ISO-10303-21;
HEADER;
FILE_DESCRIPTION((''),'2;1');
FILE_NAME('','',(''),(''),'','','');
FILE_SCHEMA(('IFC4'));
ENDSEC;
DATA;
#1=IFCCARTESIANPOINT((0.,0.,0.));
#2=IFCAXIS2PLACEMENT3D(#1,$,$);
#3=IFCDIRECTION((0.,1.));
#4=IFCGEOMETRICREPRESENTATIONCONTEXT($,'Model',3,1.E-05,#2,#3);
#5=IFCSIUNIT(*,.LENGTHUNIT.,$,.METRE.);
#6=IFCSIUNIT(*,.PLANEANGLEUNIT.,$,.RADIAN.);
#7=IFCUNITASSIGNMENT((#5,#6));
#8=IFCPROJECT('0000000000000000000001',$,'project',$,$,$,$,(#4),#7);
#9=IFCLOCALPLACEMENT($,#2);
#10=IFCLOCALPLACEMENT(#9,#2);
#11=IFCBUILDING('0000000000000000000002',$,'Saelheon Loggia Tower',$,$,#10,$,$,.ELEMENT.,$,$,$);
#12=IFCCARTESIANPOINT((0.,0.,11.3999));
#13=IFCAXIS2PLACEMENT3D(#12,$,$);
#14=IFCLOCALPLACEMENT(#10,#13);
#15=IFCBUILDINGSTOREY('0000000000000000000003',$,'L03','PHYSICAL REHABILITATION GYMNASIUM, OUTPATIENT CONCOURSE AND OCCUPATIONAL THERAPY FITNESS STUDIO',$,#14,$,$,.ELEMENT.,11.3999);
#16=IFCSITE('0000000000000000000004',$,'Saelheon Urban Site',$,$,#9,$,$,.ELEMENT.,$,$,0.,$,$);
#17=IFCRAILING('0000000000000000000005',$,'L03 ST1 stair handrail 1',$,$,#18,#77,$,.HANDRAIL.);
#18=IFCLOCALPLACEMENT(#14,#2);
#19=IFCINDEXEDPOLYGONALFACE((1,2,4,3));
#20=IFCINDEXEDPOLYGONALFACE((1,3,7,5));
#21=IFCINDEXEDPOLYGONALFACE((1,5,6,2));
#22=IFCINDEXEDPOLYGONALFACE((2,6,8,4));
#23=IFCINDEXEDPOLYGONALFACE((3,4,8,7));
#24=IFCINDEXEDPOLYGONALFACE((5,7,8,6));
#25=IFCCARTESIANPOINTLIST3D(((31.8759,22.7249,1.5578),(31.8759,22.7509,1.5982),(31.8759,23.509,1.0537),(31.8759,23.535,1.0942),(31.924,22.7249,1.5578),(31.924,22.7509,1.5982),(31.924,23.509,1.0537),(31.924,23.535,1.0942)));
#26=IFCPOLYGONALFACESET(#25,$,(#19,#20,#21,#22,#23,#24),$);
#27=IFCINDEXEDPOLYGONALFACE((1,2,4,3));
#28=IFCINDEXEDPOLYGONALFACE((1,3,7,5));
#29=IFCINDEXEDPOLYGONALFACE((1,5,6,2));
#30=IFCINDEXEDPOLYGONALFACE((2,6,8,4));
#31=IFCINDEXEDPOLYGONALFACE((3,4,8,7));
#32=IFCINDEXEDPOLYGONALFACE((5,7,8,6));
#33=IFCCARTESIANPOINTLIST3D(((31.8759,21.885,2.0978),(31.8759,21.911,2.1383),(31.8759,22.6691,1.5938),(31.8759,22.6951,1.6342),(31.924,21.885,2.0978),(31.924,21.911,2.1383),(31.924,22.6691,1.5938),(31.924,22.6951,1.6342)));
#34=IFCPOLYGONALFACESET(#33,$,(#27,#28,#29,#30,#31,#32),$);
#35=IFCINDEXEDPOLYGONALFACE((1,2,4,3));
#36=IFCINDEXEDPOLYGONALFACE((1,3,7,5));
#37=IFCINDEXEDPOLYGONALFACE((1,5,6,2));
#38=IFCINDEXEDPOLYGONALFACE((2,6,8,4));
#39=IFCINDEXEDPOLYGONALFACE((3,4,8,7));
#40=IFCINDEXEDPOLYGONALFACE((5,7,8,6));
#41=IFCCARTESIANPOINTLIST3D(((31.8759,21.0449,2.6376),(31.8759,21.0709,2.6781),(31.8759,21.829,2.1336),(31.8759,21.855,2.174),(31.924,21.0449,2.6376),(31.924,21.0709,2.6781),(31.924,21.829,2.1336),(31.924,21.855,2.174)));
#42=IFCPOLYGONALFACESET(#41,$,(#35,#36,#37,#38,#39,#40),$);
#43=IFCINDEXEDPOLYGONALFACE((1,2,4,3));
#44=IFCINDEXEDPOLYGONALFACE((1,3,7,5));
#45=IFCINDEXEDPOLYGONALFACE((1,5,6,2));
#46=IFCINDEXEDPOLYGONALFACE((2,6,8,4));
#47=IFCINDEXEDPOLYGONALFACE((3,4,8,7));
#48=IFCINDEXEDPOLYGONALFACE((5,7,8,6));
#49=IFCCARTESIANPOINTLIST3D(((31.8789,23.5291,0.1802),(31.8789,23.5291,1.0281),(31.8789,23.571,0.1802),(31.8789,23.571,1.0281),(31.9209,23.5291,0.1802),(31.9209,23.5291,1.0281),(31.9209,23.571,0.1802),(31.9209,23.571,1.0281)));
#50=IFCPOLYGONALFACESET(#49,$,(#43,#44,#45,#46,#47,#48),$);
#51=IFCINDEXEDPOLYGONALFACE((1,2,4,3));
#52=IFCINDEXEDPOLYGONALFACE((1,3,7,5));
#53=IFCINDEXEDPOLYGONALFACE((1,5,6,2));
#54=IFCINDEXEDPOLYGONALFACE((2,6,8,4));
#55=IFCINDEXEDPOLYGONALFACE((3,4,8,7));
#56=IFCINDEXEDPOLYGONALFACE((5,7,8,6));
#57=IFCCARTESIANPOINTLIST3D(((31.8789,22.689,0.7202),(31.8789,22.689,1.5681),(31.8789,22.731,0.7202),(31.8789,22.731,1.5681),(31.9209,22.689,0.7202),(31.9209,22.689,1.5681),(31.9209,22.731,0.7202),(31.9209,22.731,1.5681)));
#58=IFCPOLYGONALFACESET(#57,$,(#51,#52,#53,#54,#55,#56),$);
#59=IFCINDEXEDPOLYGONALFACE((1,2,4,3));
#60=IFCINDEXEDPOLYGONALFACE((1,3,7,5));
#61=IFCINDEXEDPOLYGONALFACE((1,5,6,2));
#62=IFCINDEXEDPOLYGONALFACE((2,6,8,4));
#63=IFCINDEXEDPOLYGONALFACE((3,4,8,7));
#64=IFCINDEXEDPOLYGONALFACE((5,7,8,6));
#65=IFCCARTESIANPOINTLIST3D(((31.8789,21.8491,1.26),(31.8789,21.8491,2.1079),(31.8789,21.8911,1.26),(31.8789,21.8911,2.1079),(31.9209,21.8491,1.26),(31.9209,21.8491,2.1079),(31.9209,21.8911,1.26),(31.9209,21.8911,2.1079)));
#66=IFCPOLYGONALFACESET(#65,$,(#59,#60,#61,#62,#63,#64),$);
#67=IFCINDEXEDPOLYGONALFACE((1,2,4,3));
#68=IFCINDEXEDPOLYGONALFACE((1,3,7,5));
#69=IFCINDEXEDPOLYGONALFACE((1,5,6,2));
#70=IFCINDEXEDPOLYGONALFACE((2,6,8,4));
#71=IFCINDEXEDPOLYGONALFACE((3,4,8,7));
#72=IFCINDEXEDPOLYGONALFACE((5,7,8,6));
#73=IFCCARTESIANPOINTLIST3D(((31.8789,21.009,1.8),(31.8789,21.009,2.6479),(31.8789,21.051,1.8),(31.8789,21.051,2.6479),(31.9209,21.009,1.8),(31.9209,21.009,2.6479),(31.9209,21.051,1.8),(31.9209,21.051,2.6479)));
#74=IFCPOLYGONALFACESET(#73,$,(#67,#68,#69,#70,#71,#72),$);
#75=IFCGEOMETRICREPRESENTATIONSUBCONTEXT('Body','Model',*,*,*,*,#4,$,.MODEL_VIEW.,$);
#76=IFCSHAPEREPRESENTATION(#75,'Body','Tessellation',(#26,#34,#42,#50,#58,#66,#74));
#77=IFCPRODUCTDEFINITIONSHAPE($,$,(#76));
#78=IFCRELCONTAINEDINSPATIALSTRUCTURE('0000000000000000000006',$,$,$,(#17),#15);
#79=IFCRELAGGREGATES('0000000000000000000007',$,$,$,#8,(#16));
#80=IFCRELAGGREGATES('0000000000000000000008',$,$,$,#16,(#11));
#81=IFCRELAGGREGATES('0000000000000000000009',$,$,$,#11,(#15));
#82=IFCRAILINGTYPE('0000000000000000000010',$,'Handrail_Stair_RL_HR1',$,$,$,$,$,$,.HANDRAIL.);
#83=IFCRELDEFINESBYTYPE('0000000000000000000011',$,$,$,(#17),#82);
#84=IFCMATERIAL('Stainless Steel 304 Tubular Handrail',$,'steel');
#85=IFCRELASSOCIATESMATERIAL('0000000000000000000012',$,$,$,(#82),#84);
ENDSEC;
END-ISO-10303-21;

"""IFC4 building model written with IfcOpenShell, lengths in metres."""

from ifc_helpers import new_model, si_unit, direction, frame, origin, origin_2d, place, context, subcontext, project, spatial, rectangle, extrude, material, type_object, element, save


model = new_model("IFC4")

# Units and contexts
model_context = context("Model", 3, precision=1e-05, world=origin(), true_north=direction((0.0, 1.0)))
body_context = subcontext(model_context, "Body", "Model", "MODEL_VIEW")
ifc_project = project(units=[si_unit("LENGTHUNIT", "METRE"), si_unit("PLANEANGLEUNIT", "RADIAN")], contexts=[model_context])

# Site, building, storey
site_placement = place(None, origin())
site = spatial("IfcSite", under=ifc_project, at=site_placement, Name="Saelheon Urban Site", CompositionType="ELEMENT", RefElevation=0.0)
building_placement = place(site_placement, origin())
building = spatial("IfcBuilding", under=site, at=building_placement, Name="Saelheon Loggia Tower", CompositionType="ELEMENT")
storey_placement = place(building_placement, frame((0.0, 0.0, 11.3999)))
storey = spatial("IfcBuildingStorey", under=building, at=storey_placement, Name="L03", Description="PHYSICAL REHABILITATION GYMNASIUM, OUTPATIENT CONCOURSE AND OCCUPATIONAL THERAPY FITNESS STUDIO", CompositionType="ELEMENT", Elevation=11.3999)

# Railing
ifc_material_1 = material(Name="Stainless Steel 304 Tubular Handrail", Category="steel")
railing_type_1 = type_object("IfcRailingType", Name="Handrail_Stair_RL_HR1", PredefinedType="HANDRAIL", material=ifc_material_1)
railing_1_placement = place(storey_placement, frame((31.8999, 23.55, 0.1802)))
element("IfcRailing", 1, at=railing_1_placement, inside=storey, type_object=railing_type_1, Name="L03 ST1 stair handrail 1", PredefinedType="HANDRAIL", context=body_context, shape_type="SweptSolid", body=[
    extrude(rectangle(XDim=0.0481, YDim=0.0481, at=origin_2d()), frame((0.0, -0.0281, 0.8938), z_axis=(0.0, -0.8412, 0.540725), x_axis=(1.0, 0.0, 0.0)), (0.0, 0.0, 1.0), 0.9321),
    extrude(rectangle(XDim=0.0481, YDim=0.0481, at=origin_2d()), frame((0.0, -0.8679, 1.4338), z_axis=(0.0, -0.8412, 0.540725), x_axis=(1.0, 0.0, 0.0)), (0.0, 0.0, 1.0), 0.9321),
    extrude(rectangle(XDim=0.0481, YDim=0.0481, at=origin_2d()), frame((0.0, -1.708, 1.9736), z_axis=(0.0, -0.8412, 0.540725), x_axis=(1.0, 0.0, 0.0)), (0.0, 0.0, 1.0), 0.9321),
    extrude(rectangle(XDim=0.042, YDim=0.042, at=origin_2d()), origin(), (0.0, 0.0, 1.0), 0.8479),
    extrude(rectangle(XDim=0.042, YDim=0.042, at=origin_2d()), frame((0.0, -0.8401, 0.54)), (0.0, 0.0, 1.0), 0.8479),
    extrude(rectangle(XDim=0.042, YDim=0.042, at=origin_2d()), frame((0.0, -1.6799, 1.0798)), (0.0, 0.0, 1.0), 0.8479),
    extrude(rectangle(XDim=0.042, YDim=0.042, at=origin_2d()), frame((0.0, -2.52, 1.6199)), (0.0, 0.0, 1.0), 0.8479),
])

save(model, "model.ifc")
